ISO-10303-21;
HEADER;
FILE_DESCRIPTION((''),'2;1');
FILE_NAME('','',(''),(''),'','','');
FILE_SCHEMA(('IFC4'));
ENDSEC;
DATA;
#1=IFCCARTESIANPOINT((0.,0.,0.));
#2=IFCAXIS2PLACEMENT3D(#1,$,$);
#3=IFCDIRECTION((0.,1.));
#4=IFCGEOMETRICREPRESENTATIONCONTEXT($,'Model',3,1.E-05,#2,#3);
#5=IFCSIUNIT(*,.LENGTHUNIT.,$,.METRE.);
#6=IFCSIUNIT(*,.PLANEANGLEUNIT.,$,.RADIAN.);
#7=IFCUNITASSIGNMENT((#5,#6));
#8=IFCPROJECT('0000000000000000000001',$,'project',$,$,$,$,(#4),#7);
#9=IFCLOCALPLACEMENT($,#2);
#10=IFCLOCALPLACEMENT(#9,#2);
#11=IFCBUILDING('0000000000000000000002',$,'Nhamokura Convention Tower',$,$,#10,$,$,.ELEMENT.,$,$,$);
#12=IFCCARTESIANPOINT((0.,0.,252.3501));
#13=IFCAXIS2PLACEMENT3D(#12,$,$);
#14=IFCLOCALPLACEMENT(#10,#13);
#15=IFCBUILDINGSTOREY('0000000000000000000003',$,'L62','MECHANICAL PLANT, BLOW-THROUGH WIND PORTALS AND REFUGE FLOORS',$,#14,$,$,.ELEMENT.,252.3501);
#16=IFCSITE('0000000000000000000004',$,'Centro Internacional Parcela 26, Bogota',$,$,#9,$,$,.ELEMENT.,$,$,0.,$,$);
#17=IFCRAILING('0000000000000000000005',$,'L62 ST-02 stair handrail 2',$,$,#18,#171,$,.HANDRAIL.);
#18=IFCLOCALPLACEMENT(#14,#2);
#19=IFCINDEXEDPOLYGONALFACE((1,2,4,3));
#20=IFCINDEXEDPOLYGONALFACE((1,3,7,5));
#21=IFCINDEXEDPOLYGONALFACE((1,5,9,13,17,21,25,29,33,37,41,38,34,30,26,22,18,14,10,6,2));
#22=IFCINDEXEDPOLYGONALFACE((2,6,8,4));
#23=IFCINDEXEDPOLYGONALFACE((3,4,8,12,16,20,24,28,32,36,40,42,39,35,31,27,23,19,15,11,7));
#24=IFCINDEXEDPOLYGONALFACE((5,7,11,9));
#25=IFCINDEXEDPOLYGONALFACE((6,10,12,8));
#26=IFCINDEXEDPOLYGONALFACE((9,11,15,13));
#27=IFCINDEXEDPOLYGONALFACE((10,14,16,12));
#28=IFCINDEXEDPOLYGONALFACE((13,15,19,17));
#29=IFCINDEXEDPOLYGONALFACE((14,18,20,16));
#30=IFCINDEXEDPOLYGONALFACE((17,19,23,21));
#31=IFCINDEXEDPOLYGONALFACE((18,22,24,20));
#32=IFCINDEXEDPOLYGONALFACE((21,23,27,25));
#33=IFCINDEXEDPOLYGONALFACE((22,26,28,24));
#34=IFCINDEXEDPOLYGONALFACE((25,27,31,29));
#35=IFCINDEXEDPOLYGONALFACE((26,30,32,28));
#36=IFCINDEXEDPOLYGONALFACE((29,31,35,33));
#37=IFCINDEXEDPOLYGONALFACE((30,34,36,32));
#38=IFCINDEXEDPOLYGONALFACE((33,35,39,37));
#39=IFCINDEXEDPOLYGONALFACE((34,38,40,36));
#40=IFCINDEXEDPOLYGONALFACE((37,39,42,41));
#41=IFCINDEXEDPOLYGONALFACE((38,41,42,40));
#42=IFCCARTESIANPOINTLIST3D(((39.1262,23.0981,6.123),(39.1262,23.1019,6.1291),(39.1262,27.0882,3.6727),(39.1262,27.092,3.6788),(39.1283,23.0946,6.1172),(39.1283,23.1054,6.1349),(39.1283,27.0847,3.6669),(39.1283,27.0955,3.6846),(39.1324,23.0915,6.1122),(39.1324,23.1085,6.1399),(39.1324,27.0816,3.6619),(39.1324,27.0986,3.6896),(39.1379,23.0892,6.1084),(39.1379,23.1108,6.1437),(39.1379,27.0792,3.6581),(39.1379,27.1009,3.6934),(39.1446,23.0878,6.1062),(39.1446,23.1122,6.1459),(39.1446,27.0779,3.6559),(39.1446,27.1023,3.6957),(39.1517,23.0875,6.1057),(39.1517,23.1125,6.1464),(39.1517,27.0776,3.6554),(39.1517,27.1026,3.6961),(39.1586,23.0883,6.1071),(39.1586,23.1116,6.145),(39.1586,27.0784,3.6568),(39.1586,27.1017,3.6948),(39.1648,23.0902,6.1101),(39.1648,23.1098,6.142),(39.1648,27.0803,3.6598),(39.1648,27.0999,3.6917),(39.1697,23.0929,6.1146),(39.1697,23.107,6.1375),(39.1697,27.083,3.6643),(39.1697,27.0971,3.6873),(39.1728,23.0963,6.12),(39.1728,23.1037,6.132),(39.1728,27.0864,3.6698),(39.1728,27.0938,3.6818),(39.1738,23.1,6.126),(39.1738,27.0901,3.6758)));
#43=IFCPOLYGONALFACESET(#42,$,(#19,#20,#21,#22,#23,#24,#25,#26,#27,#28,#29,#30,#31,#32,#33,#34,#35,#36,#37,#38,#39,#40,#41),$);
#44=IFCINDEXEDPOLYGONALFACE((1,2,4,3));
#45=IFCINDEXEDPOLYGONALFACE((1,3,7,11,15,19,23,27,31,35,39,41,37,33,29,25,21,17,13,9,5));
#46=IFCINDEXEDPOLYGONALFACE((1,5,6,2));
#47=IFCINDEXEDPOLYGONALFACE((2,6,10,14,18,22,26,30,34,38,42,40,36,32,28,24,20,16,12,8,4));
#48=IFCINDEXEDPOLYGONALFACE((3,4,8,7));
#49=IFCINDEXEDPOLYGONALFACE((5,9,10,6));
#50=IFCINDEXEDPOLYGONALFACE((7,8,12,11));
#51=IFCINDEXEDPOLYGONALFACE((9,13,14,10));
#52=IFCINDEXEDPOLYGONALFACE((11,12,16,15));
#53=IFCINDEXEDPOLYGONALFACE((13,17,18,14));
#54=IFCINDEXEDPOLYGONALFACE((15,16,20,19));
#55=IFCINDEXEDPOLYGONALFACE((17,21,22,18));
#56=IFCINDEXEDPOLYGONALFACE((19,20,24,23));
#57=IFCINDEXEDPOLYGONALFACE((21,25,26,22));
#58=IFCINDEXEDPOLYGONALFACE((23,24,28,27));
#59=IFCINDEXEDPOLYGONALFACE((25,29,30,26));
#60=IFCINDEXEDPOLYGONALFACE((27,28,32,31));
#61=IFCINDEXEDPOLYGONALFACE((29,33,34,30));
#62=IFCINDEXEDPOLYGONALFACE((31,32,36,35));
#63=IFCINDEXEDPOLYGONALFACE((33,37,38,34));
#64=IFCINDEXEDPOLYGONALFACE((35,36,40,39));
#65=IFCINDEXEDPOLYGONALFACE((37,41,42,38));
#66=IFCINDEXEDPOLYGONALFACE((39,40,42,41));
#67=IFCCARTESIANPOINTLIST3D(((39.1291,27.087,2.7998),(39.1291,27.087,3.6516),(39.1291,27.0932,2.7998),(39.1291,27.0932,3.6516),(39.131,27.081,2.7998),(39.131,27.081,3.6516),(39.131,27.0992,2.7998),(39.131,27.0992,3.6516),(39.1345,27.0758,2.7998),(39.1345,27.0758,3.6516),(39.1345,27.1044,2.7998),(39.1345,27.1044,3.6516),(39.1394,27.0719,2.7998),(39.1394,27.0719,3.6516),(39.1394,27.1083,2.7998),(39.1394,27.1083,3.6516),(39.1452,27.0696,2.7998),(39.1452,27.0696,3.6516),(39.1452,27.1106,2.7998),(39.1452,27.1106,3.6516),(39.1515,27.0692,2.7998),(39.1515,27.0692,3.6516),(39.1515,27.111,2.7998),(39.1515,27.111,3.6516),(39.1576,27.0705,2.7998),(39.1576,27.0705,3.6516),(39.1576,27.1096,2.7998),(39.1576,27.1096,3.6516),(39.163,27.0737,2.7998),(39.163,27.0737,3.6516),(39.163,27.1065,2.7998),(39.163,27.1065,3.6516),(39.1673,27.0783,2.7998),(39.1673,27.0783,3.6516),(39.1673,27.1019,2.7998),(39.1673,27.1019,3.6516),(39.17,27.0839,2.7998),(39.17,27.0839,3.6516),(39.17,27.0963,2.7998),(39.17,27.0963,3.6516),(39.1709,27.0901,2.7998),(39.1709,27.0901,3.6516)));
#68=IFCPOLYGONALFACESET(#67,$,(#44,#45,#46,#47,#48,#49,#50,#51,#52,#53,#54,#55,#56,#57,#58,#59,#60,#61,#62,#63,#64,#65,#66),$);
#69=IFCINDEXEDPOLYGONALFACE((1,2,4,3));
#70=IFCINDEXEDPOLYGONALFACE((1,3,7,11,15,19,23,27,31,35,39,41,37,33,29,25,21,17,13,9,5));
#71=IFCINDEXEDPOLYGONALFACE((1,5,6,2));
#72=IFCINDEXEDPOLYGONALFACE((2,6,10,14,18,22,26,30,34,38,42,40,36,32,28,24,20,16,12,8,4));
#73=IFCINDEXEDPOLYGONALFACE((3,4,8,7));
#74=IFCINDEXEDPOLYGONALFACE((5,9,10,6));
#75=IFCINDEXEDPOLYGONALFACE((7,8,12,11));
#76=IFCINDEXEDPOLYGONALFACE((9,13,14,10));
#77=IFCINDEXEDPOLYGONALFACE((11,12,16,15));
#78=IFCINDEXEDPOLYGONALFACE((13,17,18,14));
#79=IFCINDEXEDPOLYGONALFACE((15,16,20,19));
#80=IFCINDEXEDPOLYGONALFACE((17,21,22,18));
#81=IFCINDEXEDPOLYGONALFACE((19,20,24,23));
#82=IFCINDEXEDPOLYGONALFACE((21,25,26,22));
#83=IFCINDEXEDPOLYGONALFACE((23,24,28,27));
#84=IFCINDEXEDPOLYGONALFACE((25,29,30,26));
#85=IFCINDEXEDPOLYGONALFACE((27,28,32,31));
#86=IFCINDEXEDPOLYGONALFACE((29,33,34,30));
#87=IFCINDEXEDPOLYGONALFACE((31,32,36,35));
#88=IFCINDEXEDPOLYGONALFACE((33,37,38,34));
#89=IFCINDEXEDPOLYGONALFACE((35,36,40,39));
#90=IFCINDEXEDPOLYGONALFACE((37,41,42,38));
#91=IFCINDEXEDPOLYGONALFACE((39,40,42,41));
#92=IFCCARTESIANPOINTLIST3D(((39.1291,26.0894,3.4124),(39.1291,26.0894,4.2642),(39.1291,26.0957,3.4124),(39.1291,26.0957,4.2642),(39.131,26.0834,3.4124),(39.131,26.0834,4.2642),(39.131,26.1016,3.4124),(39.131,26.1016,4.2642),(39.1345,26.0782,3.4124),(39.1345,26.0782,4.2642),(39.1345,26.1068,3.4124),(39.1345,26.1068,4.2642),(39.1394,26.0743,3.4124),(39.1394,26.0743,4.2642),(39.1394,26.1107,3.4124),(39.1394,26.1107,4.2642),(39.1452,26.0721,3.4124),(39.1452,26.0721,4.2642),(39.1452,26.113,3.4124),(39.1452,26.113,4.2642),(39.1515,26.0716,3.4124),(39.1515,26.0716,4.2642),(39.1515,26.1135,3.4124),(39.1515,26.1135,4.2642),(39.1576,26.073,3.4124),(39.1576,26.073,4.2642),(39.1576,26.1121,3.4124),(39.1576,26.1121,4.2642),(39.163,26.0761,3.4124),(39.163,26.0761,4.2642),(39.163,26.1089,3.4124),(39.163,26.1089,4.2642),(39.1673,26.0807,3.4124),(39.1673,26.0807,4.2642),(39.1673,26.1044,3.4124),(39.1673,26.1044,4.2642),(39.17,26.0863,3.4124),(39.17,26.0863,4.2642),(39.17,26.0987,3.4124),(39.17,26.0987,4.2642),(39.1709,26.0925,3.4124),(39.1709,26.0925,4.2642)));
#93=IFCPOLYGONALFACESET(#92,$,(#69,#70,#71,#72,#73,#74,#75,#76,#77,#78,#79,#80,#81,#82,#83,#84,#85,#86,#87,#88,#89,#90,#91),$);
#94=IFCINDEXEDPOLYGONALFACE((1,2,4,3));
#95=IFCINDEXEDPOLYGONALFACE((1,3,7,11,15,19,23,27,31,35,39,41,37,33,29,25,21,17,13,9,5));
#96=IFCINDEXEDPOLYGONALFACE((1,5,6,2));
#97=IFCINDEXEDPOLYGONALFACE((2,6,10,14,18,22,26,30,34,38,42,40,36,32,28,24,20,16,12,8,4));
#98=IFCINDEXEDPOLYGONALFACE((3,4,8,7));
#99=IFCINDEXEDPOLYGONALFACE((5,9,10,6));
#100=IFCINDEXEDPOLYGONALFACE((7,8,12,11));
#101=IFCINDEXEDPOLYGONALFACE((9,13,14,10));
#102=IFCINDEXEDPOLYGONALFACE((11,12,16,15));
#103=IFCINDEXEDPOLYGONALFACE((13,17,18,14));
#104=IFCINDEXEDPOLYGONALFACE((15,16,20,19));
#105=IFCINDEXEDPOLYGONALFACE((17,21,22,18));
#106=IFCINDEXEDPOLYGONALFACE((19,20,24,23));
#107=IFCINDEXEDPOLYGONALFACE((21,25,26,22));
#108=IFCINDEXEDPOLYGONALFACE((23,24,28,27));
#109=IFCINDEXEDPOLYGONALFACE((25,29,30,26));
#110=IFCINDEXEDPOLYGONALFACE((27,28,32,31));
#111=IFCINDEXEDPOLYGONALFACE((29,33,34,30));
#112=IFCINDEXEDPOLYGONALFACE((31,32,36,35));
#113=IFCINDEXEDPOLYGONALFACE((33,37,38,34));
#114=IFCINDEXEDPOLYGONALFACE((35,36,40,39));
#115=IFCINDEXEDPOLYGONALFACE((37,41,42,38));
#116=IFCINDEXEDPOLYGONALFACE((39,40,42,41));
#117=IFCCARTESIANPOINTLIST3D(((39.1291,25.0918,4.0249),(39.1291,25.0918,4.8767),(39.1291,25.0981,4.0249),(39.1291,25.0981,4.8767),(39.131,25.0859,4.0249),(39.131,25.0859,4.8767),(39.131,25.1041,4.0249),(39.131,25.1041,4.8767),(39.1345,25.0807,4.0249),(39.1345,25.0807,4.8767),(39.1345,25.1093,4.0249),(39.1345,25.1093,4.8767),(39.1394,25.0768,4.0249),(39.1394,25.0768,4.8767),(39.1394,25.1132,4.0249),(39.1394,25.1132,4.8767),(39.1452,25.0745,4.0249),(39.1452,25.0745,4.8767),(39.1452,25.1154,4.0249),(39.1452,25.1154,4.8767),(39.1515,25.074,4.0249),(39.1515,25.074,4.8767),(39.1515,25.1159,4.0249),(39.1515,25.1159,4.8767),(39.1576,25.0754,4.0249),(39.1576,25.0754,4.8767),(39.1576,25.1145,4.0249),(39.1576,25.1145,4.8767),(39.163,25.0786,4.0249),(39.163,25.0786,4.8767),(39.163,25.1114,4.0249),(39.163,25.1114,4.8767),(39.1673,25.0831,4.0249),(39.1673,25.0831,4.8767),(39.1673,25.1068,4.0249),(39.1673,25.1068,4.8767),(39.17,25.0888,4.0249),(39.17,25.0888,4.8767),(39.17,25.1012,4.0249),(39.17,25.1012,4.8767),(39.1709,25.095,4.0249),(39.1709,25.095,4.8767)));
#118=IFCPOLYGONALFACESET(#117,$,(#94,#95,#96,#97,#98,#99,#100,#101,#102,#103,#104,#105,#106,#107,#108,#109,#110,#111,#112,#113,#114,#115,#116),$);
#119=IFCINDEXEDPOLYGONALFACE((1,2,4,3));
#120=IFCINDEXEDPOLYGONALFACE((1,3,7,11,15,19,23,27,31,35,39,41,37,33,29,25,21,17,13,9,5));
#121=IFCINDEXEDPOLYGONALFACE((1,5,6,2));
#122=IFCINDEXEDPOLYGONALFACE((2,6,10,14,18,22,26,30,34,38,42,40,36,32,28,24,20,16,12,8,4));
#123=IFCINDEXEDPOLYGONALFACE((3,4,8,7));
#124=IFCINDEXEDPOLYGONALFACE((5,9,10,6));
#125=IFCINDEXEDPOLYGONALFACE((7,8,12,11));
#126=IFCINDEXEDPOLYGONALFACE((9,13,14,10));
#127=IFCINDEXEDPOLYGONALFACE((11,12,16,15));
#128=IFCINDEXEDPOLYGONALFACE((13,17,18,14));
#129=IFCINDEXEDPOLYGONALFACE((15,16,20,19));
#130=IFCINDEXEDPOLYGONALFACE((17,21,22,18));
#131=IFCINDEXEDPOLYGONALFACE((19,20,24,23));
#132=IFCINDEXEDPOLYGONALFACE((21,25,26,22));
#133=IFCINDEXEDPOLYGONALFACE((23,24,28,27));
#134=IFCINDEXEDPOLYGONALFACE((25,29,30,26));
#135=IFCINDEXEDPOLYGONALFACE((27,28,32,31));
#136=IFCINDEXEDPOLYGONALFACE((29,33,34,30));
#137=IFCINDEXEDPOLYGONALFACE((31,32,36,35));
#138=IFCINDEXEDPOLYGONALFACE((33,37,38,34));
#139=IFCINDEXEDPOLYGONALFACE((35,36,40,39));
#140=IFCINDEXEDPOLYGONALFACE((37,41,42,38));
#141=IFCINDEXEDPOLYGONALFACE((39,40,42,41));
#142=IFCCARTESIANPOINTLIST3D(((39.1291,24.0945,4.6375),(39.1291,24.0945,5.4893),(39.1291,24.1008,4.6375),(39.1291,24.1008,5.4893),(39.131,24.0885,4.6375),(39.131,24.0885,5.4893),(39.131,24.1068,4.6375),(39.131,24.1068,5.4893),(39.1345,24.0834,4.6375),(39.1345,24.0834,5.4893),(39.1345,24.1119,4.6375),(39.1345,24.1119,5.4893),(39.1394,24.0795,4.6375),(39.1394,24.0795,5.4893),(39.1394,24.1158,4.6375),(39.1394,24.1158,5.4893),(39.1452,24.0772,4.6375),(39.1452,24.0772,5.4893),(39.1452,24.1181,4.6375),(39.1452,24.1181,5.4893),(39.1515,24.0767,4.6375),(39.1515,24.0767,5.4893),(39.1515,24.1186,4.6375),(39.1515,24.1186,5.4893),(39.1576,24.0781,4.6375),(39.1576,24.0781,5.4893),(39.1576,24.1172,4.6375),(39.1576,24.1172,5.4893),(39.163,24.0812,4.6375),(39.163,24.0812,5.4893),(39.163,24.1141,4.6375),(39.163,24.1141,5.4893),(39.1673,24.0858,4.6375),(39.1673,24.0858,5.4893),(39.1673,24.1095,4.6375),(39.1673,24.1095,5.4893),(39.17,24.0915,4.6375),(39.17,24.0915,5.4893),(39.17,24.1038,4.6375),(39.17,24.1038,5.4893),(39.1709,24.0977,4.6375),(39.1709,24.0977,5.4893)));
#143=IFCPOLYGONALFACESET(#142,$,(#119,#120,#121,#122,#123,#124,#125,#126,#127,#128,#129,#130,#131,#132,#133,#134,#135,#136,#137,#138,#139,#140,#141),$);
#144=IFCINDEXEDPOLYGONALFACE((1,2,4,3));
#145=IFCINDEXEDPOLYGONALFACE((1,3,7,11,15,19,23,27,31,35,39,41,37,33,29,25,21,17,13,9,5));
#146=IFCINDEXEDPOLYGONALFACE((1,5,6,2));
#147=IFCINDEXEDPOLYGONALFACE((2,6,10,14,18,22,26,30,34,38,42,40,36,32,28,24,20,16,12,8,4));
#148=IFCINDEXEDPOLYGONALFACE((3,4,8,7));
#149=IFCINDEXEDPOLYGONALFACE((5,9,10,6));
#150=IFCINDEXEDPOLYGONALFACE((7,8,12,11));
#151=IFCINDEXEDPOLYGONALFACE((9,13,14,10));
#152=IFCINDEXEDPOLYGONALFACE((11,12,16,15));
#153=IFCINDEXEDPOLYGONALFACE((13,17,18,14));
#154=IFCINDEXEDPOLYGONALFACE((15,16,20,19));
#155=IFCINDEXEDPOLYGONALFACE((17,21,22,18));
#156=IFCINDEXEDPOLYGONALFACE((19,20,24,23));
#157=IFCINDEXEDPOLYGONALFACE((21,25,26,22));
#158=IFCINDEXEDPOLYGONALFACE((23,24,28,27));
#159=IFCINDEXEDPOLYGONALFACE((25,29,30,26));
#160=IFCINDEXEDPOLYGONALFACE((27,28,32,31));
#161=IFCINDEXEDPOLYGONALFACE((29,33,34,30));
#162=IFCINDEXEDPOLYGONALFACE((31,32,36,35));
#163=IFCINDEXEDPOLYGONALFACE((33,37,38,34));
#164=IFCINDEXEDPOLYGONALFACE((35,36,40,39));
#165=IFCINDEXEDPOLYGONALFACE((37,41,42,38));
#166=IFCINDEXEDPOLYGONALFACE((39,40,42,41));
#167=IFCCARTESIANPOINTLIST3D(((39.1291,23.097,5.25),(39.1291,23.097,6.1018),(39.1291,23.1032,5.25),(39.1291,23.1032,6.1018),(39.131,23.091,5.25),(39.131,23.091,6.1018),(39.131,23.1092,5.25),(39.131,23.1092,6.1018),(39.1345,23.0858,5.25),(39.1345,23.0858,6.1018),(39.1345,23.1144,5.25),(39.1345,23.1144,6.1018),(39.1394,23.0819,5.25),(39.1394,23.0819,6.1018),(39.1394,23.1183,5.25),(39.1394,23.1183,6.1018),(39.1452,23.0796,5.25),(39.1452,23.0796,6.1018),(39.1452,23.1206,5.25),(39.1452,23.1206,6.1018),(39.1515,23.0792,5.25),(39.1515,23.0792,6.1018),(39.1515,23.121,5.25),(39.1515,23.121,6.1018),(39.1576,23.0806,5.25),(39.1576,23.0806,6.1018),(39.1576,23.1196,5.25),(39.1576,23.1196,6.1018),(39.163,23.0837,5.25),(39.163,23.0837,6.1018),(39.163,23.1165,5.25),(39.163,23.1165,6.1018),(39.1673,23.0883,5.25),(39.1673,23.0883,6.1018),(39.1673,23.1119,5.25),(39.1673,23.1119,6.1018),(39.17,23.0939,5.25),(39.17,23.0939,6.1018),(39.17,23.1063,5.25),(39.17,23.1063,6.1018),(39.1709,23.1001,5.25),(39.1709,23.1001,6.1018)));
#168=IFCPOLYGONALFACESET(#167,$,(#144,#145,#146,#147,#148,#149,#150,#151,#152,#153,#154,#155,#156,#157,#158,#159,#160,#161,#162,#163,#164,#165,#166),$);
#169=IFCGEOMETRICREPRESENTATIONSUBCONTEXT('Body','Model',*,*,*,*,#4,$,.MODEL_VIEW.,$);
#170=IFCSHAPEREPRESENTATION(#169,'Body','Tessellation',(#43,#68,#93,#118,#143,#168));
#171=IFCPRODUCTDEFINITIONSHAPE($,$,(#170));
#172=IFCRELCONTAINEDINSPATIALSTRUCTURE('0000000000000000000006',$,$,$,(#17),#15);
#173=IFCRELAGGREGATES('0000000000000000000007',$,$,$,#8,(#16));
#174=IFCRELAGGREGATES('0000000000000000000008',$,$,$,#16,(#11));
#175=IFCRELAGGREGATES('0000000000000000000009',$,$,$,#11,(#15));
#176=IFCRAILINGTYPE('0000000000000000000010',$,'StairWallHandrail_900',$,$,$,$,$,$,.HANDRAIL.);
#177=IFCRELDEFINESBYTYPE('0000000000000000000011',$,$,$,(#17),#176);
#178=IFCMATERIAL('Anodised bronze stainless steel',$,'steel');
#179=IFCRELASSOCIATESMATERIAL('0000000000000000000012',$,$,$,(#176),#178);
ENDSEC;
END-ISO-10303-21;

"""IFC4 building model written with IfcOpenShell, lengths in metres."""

from ifc_helpers import new_model, si_unit, direction, frame, origin, origin_2d, place, context, subcontext, project, spatial, circle, extrude, material, type_object, element, save


model = new_model("IFC4")

# Units and contexts
model_context = context("Model", 3, precision=1e-05, world=origin(), true_north=direction((0.0, 1.0)))
body_context = subcontext(model_context, "Body", "Model", "MODEL_VIEW")
ifc_project = project(units=[si_unit("LENGTHUNIT", "METRE"), si_unit("PLANEANGLEUNIT", "RADIAN")], contexts=[model_context])

# Site, building, storey
site_placement = place(None, origin())
site = spatial("IfcSite", under=ifc_project, at=site_placement, Name="Centro Internacional Parcela 26, Bogota", CompositionType="ELEMENT", RefElevation=0.0)
building_placement = place(site_placement, origin())
building = spatial("IfcBuilding", under=site, at=building_placement, Name="Nhamokura Convention Tower", CompositionType="ELEMENT")
storey_placement = place(building_placement, frame((0.0, 0.0, 252.3501)))
storey = spatial("IfcBuildingStorey", under=building, at=storey_placement, Name="L62", Description="MECHANICAL PLANT, BLOW-THROUGH WIND PORTALS AND REFUGE FLOORS", CompositionType="ELEMENT", Elevation=252.3501)

# Railing
ifc_material_1 = material(Name="Anodised bronze stainless steel", Category="steel")
railing_type_1 = type_object("IfcRailingType", Name="StairWallHandrail_900", PredefinedType="HANDRAIL", material=ifc_material_1)
railing_1_placement = place(storey_placement, frame((39.1499, 27.0901, 2.7998)))
element("IfcRailing", 1, at=railing_1_placement, inside=storey, type_object=railing_type_1, Name="L62 ST-02 stair handrail 2", PredefinedType="HANDRAIL", context=body_context, shape_type="SweptSolid", body=[
    extrude(circle(Radius=0.0239, at=origin_2d()), frame((0.0, 0.0, 0.876), z_axis=(0.0, -0.852152, 0.523294), x_axis=(1.0, 0.0, 0.0)), (0.0, 0.0, 1.0), 4.6824),
    extrude(circle(Radius=0.021, at=origin_2d()), origin(), (0.0, 0.0, 1.0), 0.8518),
    extrude(circle(Radius=0.021, at=origin_2d()), frame((0.0, -0.9976, 0.6125)), (0.0, 0.0, 1.0), 0.8518),
    extrude(circle(Radius=0.021, at=origin_2d()), frame((0.0, -1.9951, 1.2251)), (0.0, 0.0, 1.0), 0.8518),
    extrude(circle(Radius=0.021, at=origin_2d()), frame((0.0, -2.9924, 1.8376)), (0.0, 0.0, 1.0), 0.8518),
    extrude(circle(Radius=0.021, at=origin_2d()), frame((0.0, -3.99, 2.4502)), (0.0, 0.0, 1.0), 0.8518),
])

save(model, "model.ifc")
